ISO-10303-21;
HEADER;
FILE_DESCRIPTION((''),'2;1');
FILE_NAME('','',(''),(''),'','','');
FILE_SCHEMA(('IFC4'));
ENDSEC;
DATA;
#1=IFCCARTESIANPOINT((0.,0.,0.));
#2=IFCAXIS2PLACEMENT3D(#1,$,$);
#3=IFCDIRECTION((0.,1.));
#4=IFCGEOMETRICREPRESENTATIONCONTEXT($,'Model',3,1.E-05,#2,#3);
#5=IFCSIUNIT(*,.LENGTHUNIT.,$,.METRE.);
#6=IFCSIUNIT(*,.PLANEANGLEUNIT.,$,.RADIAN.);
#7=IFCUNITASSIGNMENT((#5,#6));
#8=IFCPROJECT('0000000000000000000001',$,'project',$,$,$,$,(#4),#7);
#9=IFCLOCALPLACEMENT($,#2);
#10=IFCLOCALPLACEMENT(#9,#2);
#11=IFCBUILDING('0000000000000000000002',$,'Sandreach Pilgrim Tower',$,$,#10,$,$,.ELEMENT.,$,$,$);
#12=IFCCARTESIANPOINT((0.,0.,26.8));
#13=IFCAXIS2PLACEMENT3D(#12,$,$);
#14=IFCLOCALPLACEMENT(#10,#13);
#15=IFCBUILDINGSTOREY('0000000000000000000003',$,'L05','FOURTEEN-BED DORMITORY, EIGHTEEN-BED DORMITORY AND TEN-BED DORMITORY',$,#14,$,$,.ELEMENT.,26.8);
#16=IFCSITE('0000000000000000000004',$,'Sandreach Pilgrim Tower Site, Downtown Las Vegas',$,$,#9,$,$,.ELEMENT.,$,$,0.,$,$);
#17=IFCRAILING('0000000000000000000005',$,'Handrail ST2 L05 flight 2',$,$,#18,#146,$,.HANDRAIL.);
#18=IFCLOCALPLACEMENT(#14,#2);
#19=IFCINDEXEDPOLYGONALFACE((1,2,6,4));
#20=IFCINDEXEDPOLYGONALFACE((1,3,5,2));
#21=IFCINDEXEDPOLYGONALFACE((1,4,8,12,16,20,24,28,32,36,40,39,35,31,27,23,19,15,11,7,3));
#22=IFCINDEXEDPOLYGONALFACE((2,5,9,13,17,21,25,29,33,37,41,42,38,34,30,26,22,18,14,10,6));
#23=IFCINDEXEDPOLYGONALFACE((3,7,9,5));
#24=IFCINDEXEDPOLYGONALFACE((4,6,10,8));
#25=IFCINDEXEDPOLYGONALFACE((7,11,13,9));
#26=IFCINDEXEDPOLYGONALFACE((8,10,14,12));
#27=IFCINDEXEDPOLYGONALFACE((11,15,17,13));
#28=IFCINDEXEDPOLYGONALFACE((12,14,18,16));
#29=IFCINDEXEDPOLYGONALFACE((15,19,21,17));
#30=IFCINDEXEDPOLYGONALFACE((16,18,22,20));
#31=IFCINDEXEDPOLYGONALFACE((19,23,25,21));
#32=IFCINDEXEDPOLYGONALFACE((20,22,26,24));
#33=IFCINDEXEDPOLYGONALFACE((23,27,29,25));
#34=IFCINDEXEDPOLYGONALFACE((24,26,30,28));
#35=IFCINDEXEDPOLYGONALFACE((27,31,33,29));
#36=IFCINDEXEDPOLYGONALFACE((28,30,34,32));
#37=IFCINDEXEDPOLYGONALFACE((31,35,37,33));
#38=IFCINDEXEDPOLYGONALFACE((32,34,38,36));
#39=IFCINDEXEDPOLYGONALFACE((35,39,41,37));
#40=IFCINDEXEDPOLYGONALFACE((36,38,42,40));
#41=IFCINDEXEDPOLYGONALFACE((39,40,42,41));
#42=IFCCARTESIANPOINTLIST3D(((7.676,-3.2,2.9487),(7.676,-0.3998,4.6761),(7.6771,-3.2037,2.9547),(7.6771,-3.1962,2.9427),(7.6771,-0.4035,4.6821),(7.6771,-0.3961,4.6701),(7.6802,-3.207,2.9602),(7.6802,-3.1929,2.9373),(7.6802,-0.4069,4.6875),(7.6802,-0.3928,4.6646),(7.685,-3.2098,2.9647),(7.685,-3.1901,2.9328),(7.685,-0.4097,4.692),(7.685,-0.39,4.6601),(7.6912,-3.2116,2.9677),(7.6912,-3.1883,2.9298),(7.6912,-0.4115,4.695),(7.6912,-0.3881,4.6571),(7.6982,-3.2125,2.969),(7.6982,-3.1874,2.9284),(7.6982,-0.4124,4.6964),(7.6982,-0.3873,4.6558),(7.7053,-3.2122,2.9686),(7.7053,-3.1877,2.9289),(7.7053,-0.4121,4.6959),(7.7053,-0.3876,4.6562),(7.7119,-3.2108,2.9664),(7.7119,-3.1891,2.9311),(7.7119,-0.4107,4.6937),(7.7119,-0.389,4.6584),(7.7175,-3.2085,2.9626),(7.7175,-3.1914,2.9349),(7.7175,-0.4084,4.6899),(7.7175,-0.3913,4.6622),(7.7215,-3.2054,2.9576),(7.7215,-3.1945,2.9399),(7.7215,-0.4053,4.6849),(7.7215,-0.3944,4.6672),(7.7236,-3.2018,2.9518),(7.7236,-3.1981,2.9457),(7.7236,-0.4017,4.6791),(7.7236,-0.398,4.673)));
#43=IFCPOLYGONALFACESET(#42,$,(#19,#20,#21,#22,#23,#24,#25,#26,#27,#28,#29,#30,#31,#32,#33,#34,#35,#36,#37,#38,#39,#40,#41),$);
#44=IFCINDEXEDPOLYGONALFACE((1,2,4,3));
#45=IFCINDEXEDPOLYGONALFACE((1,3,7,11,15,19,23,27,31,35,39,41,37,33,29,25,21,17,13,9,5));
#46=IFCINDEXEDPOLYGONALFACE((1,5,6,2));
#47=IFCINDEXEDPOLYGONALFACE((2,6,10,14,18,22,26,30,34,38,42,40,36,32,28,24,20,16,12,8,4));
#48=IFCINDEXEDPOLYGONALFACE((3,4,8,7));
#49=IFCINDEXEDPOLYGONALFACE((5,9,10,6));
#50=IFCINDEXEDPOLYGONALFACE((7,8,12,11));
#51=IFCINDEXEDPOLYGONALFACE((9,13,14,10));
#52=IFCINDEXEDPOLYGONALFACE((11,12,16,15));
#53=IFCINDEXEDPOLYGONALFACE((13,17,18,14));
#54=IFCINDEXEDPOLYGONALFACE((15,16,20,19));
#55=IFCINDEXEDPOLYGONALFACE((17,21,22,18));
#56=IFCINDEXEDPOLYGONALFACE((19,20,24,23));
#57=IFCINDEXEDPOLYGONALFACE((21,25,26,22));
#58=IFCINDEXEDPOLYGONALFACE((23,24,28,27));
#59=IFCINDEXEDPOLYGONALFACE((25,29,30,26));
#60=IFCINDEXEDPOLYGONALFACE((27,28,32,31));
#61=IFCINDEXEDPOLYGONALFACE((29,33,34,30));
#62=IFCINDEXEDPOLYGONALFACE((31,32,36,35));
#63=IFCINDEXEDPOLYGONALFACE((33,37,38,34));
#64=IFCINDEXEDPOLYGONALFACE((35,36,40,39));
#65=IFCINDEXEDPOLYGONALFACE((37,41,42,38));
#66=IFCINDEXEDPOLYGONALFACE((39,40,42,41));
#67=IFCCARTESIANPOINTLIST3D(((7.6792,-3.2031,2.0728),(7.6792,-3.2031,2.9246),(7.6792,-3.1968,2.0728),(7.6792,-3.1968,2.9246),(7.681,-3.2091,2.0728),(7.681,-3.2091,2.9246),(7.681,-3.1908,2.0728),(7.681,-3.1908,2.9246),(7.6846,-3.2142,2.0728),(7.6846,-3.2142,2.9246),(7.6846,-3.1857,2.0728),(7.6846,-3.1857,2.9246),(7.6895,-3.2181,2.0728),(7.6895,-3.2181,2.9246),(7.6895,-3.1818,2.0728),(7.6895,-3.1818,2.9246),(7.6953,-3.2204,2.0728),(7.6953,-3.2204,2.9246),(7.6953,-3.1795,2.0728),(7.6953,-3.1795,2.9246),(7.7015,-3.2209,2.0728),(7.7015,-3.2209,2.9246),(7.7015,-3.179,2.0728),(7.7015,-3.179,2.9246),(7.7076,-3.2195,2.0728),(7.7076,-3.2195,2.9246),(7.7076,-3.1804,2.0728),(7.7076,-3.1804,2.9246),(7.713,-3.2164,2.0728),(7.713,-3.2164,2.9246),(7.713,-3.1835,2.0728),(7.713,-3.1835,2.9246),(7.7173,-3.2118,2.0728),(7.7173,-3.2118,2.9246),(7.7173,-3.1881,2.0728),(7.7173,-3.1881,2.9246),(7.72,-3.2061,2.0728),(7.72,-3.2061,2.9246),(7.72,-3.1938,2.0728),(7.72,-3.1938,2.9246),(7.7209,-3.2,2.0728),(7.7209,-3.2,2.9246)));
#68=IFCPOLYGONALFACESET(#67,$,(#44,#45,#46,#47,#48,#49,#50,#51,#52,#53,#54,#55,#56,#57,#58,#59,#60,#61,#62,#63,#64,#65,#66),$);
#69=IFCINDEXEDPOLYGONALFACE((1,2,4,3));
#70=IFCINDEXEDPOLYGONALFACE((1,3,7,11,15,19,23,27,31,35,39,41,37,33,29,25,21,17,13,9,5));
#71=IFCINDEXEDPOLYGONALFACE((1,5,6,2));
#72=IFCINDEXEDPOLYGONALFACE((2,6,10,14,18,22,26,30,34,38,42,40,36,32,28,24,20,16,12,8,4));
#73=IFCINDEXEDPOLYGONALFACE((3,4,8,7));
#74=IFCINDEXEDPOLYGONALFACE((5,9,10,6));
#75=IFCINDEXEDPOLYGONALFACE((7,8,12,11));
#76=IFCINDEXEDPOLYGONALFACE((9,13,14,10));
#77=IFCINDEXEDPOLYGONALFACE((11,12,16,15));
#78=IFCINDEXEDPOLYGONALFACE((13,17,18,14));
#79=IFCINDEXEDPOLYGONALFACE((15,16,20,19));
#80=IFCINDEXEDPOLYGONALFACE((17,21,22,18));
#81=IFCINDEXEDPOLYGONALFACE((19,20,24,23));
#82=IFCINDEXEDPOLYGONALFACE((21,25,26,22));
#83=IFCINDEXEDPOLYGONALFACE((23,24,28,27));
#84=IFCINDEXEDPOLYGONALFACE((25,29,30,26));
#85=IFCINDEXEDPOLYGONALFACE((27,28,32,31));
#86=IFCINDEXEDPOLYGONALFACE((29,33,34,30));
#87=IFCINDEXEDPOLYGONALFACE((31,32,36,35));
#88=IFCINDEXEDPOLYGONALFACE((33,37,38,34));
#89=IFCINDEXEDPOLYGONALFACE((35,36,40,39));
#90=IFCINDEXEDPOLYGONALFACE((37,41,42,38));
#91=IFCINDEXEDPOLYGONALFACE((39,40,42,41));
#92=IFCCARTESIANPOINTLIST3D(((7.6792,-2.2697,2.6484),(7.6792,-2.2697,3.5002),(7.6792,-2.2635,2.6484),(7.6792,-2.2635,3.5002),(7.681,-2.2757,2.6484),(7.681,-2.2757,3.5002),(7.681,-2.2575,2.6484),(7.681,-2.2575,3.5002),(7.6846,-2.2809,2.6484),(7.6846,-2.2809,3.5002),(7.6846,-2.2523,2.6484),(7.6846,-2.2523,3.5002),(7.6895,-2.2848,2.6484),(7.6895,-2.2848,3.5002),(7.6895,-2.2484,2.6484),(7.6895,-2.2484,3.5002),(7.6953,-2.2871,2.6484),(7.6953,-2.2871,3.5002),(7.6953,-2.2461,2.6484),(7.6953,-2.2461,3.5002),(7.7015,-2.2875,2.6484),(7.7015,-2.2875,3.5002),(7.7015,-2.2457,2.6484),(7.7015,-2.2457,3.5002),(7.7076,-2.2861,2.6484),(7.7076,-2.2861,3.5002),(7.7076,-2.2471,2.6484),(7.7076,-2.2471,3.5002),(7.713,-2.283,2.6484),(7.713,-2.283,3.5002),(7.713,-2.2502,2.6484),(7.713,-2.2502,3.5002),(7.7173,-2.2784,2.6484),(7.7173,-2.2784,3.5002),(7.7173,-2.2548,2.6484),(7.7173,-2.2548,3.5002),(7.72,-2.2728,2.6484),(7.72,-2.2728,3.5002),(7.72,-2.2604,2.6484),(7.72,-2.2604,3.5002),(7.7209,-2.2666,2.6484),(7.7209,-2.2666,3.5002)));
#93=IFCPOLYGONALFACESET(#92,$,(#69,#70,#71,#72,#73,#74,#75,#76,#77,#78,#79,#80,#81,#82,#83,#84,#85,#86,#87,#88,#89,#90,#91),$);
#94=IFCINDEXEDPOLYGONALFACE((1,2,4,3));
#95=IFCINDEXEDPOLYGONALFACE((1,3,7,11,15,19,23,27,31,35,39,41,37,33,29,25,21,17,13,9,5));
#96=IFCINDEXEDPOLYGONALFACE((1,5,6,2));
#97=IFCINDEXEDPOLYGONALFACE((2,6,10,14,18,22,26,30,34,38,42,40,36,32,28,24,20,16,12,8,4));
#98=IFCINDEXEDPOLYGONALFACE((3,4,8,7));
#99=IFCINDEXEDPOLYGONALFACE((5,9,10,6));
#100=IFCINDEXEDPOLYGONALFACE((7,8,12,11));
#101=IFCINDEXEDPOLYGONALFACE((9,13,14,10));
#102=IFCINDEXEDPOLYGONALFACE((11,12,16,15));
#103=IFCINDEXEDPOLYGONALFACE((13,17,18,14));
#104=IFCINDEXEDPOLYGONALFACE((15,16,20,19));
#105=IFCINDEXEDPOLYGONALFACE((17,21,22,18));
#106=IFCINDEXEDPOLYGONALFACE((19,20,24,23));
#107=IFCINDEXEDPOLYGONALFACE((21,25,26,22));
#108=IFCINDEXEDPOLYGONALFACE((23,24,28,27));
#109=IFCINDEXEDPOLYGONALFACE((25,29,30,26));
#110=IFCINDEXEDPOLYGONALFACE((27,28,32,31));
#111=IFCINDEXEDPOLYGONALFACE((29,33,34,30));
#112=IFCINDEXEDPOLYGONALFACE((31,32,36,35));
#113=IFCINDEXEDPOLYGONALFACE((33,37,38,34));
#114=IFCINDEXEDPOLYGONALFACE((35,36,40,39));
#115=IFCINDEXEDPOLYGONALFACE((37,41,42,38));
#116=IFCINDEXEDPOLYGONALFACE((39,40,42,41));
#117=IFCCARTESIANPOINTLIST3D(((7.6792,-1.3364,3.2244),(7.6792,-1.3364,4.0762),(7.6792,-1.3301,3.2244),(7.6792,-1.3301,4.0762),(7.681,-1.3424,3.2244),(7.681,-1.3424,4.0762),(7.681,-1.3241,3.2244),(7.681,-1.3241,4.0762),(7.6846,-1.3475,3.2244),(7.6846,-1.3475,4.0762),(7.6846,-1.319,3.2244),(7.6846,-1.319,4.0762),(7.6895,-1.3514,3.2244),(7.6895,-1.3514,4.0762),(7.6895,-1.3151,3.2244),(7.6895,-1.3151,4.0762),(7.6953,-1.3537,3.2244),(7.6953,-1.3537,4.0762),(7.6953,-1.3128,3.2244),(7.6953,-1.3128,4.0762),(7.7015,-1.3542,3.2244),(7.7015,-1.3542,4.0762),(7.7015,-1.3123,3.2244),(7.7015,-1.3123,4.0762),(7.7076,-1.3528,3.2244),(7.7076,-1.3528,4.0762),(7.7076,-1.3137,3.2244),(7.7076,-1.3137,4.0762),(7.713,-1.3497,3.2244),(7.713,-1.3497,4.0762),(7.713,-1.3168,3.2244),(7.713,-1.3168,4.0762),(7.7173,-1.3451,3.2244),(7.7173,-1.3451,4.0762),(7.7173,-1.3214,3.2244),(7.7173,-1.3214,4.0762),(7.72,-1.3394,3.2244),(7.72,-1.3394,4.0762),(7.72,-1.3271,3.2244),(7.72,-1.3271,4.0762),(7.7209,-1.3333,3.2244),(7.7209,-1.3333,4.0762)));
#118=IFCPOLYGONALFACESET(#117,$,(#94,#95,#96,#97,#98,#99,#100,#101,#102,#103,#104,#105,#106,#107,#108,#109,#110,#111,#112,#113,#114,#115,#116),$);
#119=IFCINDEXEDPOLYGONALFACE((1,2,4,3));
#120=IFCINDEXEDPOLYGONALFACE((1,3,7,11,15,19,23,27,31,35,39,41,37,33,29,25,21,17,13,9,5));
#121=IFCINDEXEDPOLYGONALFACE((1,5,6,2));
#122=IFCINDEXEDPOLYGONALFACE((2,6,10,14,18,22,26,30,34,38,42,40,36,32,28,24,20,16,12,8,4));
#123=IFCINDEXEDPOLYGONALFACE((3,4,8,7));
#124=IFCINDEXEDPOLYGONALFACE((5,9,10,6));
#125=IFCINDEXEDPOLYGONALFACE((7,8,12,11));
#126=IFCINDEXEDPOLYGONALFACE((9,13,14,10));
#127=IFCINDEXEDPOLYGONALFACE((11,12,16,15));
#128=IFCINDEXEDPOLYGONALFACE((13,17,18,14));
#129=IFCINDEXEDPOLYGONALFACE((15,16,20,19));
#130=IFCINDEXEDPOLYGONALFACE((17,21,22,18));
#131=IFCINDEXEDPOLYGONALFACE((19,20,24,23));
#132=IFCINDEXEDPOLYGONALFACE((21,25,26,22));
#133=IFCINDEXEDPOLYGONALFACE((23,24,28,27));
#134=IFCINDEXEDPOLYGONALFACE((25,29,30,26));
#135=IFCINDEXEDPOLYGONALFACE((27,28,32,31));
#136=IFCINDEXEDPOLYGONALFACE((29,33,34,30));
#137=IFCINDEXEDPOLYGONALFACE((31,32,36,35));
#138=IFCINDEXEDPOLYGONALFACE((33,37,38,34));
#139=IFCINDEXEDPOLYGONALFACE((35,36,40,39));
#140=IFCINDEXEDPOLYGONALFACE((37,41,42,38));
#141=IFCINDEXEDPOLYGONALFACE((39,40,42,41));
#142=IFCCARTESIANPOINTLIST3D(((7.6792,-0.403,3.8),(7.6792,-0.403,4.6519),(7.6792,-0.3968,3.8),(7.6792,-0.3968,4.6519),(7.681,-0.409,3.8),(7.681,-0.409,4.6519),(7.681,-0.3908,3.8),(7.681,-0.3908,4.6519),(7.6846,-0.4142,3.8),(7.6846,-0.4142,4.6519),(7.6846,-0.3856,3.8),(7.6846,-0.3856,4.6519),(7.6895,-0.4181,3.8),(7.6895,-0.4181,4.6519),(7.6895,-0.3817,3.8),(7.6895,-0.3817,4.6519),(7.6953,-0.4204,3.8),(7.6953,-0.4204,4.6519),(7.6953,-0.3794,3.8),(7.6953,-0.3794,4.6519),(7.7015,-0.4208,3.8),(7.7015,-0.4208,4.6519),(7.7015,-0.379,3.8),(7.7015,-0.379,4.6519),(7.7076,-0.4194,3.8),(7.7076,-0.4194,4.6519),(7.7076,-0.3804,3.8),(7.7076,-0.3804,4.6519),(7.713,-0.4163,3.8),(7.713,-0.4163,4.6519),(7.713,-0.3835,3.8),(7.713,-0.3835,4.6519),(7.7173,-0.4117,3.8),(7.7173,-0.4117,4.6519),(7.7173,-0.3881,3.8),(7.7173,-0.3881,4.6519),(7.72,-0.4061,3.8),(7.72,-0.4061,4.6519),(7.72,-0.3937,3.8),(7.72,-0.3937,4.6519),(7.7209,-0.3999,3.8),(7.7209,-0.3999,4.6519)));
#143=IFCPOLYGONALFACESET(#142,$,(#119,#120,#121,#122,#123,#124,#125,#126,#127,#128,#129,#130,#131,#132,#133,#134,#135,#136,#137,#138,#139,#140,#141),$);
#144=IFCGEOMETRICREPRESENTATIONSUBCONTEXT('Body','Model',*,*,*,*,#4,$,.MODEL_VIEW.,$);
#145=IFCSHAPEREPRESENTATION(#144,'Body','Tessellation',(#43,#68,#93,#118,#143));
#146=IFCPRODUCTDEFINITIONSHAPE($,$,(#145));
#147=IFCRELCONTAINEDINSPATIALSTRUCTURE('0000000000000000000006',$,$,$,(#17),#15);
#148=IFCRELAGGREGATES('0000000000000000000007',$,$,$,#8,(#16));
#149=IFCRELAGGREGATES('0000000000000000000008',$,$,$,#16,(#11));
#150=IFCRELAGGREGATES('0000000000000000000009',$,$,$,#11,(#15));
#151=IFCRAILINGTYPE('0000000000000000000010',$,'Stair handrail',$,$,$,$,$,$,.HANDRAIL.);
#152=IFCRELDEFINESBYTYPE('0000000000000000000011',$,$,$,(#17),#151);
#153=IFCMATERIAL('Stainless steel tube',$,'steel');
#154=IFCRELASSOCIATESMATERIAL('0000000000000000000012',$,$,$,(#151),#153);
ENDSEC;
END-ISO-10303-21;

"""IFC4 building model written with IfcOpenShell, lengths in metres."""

from ifc_helpers import new_model, si_unit, direction, frame, origin, origin_2d, place, context, subcontext, project, spatial, circle, extrude, material, type_object, element, save


model = new_model("IFC4")

# Units and contexts
model_context = context("Model", 3, precision=1e-05, world=origin(), true_north=direction((0.0, 1.0)))
body_context = subcontext(model_context, "Body", "Model", "MODEL_VIEW")
ifc_project = project(units=[si_unit("LENGTHUNIT", "METRE"), si_unit("PLANEANGLEUNIT", "RADIAN")], contexts=[model_context])

# Site, building, storey
site_placement = place(None, origin())
site = spatial("IfcSite", under=ifc_project, at=site_placement, Name="Sandreach Pilgrim Tower Site, Downtown Las Vegas", CompositionType="ELEMENT", RefElevation=0.0)
building_placement = place(site_placement, origin())
building = spatial("IfcBuilding", under=site, at=building_placement, Name="Sandreach Pilgrim Tower", CompositionType="ELEMENT")
storey_placement = place(building_placement, frame((0.0, 0.0, 26.8)))
storey = spatial("IfcBuildingStorey", under=building, at=storey_placement, Name="L05", Description="FOURTEEN-BED DORMITORY, EIGHTEEN-BED DORMITORY AND TEN-BED DORMITORY", CompositionType="ELEMENT", Elevation=26.8)

# Railing
ifc_material_1 = material(Name="Stainless steel tube", Category="steel")
railing_type = type_object("IfcRailingType", Name="Stair handrail", PredefinedType="HANDRAIL", material=ifc_material_1)
for number, where, name in (
    (1, (7.7, -3.2, 2.0728), "Handrail ST2 L05 flight 2"),
):
    element("IfcRailing", number, at=place(storey_placement, frame(where)), inside=storey, type_object=railing_type, Name=name, PredefinedType="HANDRAIL", context=body_context, shape_type="SweptSolid", body=[
        extrude(circle(Radius=0.0239, at=origin_2d()), frame((0.0, 0.0, 0.876), z_axis=(0.0, 0.85109, 0.52502), x_axis=(-1.0, 0.0, 0.0)), (0.0, 0.0, 1.0), 3.29),
        extrude(circle(Radius=0.021, at=origin_2d()), origin(), (0.0, 0.0, 1.0), 0.8518),
        extrude(circle(Radius=0.021, at=origin_2d()), frame((0.0, 0.9333, 0.5757)), (0.0, 0.0, 1.0), 0.8518),
        extrude(circle(Radius=0.021, at=origin_2d()), frame((0.0, 1.8667, 1.1516)), (0.0, 0.0, 1.0), 0.8518),
        extrude(circle(Radius=0.021, at=origin_2d()), frame((0.0, 2.8, 1.7273)), (0.0, 0.0, 1.0), 0.8518),
    ])

save(model, "model.ifc")
